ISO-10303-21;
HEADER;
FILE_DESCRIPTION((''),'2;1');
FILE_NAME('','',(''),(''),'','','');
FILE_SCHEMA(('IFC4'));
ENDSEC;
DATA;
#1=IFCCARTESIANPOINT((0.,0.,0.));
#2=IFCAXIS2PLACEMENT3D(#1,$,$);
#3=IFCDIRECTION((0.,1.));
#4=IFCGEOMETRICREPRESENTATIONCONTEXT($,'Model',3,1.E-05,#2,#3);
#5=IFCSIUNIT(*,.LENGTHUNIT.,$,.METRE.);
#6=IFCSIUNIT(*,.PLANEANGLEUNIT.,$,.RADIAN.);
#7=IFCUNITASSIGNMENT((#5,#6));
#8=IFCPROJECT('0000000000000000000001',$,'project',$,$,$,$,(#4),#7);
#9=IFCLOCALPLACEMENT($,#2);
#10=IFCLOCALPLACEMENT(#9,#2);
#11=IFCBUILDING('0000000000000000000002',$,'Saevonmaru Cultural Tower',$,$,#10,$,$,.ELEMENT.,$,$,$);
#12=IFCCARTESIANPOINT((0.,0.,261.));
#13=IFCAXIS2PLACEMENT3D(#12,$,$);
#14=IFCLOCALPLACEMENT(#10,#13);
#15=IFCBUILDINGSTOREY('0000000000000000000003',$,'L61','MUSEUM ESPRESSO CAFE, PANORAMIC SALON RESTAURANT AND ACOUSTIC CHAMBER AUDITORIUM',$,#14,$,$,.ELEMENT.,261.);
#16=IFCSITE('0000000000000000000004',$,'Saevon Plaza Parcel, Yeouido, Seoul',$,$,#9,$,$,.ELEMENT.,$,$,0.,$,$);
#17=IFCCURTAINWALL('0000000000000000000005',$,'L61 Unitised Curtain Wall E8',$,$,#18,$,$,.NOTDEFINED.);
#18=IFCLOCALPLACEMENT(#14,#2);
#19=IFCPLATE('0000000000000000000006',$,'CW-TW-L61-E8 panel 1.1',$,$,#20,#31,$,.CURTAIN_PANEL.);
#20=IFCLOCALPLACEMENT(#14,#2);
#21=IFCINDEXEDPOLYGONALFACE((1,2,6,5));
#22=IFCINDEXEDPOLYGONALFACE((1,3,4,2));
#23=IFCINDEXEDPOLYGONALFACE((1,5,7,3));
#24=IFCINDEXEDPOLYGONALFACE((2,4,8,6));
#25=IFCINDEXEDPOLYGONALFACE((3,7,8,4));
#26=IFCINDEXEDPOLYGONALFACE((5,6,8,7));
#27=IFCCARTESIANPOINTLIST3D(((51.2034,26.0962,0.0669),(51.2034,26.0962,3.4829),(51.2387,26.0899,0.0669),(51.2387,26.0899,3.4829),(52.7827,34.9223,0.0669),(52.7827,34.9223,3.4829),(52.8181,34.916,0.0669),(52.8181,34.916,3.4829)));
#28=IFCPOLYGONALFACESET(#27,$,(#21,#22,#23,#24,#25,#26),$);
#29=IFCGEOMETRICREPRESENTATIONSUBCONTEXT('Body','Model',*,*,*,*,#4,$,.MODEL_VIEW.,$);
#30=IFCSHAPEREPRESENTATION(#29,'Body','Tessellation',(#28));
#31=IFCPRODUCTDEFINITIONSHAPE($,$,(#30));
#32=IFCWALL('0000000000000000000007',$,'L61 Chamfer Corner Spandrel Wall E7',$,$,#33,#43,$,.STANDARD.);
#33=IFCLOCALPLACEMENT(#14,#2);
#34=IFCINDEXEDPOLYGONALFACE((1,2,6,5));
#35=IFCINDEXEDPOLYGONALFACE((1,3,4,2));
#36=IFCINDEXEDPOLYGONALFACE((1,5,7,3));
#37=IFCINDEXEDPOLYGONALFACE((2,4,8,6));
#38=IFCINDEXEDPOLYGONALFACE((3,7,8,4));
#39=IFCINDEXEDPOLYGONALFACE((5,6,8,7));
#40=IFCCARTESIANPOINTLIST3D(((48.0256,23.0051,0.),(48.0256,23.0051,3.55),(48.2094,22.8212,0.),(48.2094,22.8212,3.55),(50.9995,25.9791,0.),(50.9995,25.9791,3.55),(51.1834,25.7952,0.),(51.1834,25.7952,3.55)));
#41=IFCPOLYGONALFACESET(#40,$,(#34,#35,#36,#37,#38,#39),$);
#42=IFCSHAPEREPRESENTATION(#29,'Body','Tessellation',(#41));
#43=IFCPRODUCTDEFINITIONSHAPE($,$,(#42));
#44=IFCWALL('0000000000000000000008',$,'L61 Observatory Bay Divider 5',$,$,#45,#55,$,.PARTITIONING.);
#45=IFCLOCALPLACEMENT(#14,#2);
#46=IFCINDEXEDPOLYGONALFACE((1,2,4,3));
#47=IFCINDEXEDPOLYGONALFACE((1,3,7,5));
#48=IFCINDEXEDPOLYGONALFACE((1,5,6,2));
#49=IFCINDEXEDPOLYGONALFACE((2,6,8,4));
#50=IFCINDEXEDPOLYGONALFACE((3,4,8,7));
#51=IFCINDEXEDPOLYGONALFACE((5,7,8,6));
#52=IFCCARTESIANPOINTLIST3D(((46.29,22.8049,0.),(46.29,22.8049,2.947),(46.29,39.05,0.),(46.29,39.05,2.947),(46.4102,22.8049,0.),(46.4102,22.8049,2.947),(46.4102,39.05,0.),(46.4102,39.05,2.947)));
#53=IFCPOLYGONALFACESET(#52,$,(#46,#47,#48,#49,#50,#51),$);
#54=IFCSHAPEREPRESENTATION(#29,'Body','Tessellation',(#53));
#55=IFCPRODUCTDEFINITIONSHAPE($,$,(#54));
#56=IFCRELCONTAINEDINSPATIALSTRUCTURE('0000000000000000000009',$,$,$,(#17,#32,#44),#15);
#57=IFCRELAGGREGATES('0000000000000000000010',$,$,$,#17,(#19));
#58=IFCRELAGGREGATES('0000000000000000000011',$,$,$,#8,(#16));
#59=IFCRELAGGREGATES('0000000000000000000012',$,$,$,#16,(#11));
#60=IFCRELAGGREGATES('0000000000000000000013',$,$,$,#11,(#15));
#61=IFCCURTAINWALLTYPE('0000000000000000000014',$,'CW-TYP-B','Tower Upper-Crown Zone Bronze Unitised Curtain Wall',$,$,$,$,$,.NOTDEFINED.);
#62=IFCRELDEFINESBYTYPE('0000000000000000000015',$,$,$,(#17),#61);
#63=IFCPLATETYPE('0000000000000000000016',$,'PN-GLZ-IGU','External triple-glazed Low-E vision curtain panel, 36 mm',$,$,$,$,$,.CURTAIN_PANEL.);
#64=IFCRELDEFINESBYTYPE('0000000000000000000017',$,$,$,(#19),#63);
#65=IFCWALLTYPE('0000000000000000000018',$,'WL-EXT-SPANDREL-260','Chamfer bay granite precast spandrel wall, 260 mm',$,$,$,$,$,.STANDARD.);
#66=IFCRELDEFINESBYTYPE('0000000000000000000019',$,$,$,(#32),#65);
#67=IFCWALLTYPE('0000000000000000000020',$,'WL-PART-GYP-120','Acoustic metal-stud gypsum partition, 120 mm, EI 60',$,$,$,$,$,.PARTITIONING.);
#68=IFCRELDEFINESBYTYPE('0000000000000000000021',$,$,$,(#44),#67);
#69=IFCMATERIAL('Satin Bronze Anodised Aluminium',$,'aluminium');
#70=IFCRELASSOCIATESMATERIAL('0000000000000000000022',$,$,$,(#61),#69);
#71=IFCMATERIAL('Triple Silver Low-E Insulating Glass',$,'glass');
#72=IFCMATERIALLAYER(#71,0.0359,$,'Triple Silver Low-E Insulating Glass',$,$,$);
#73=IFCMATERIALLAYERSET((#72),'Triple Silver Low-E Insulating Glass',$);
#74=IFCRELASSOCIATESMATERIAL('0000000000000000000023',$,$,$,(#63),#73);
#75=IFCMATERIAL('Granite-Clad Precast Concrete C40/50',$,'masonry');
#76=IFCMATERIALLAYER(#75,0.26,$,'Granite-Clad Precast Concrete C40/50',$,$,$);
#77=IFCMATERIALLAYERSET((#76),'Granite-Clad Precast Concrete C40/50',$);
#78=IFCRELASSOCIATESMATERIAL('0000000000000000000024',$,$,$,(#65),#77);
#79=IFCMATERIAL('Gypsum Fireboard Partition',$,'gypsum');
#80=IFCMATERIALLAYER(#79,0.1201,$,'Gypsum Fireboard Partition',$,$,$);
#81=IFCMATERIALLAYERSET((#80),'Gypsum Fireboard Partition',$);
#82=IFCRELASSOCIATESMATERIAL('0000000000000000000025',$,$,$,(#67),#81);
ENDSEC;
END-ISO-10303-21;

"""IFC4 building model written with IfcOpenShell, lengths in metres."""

from ifc_helpers import new_model, si_unit, direction, frame, frame_2d, origin, origin_2d, place, context, subcontext, project, spatial, rectangle, extrude, material, layer, layer_set, type_object, element, aggregate, save


model = new_model("IFC4")

# Units and contexts
model_context = context("Model", 3, precision=1e-05, world=origin(), true_north=direction((0.0, 1.0)))
body_context = subcontext(model_context, "Body", "Model", "MODEL_VIEW")
ifc_project = project(units=[si_unit("LENGTHUNIT", "METRE"), si_unit("PLANEANGLEUNIT", "RADIAN")], contexts=[model_context])

# Site, building, storey
site_placement = place(None, origin())
site = spatial("IfcSite", under=ifc_project, at=site_placement, Name="Saevon Plaza Parcel, Yeouido, Seoul", CompositionType="ELEMENT", RefElevation=0.0)
building_placement = place(site_placement, origin())
building = spatial("IfcBuilding", under=site, at=building_placement, Name="Saevonmaru Cultural Tower", CompositionType="ELEMENT")
storey_placement = place(building_placement, frame((0.0, 0.0, 261.0)))
storey = spatial("IfcBuildingStorey", under=building, at=storey_placement, Name="L61", Description="MUSEUM ESPRESSO CAFE, PANORAMIC SALON RESTAURANT AND ACOUSTIC CHAMBER AUDITORIUM", CompositionType="ELEMENT", Elevation=261.0)

# Shared definitions
ifc_material_1 = material(Name="Satin Bronze Anodised Aluminium", Category="aluminium")
curtain_wall_type = type_object("IfcCurtainWallType", Name="CW-TYP-B", Description="Tower Upper-Crown Zone Bronze Unitised Curtain Wall", PredefinedType="NOTDEFINED", material=ifc_material_1)

# Curtain wall
curtain_wall_1_placement = place(storey_placement, origin())
curtain_wall_1 = element("IfcCurtainWall", 1, at=curtain_wall_1_placement, inside=storey, type_object=curtain_wall_type, Name="L61 Unitised Curtain Wall E8", PredefinedType="NOTDEFINED")

# Plate
ifc_material_2 = material(Name="Triple Silver Low-E Insulating Glass", Category="glass")
ifc_layer_1 = layer(ifc_material_2, 0.0359, Name="Triple Silver Low-E Insulating Glass")
ifc_layer_set_1 = layer_set([ifc_layer_1], Name="Triple Silver Low-E Insulating Glass")
plate_type = type_object("IfcPlateType", Name="PN-GLZ-IGU", Description="External triple-glazed Low-E vision curtain panel, 36 mm", PredefinedType="CURTAIN_PANEL", material=ifc_layer_set_1)
plate_1_placement = place(storey_placement, frame((52.0107, 30.5061, 0.0669), z_axis=(0.0, 0.0, 1.0), x_axis=(0.176141, 0.984365, 0.0)))
plate_1 = element("IfcPlate", 2, at=plate_1_placement, type_object=plate_type, Name="CW-TW-L61-E8 panel 1.1", PredefinedType="CURTAIN_PANEL", context=body_context, shape_type="SweptSolid", body=[
    extrude(rectangle(XDim=8.9663, YDim=0.0359, at=origin_2d()), origin(), (0.0, 0.0, 1.0), 3.416),
])
aggregate(curtain_wall_1, [plate_1])

# Walls
ifc_material_3 = material(Name="Granite-Clad Precast Concrete C40/50", Category="masonry")
ifc_layer_2 = layer(ifc_material_3, 0.26, Name="Granite-Clad Precast Concrete C40/50")
ifc_layer_set_2 = layer_set([ifc_layer_2], Name="Granite-Clad Precast Concrete C40/50")
wall_type_1 = type_object("IfcWallType", Name="WL-EXT-SPANDREL-260", Description="Chamfer bay granite precast spandrel wall, 260 mm", PredefinedType="STANDARD", material=ifc_layer_set_2)
wall_1_placement = place(storey_placement, frame((48.1174, 22.9131, 0.0), z_axis=(0.0, 0.0, 1.0), x_axis=(0.707107, 0.707107, 0.0)))
element("IfcWall", 3, at=wall_1_placement, inside=storey, type_object=wall_type_1, Name="L61 Chamfer Corner Spandrel Wall E7", PredefinedType="STANDARD", context=body_context, shape_type="SweptSolid", body=[
    extrude(rectangle(XDim=4.2058, YDim=0.26, at=frame_2d((2.103, 0.0))), origin(), (0.0, 0.0, 1.0), 3.55),
])
ifc_material_4 = material(Name="Gypsum Fireboard Partition", Category="gypsum")
ifc_layer_3 = layer(ifc_material_4, 0.1201, Name="Gypsum Fireboard Partition")
ifc_layer_set_3 = layer_set([ifc_layer_3], Name="Gypsum Fireboard Partition")
wall_type_2 = type_object("IfcWallType", Name="WL-PART-GYP-120", Description="Acoustic metal-stud gypsum partition, 120 mm, EI 60", PredefinedType="PARTITIONING", material=ifc_layer_set_3)
wall_2_placement = place(storey_placement, frame((46.3501, 22.8049, 0.0), z_axis=(0.0, 0.0, 1.0), x_axis=(0.0, 1.0, 0.0)))
element("IfcWall", 4, at=wall_2_placement, inside=storey, type_object=wall_type_2, Name="L61 Observatory Bay Divider 5", PredefinedType="PARTITIONING", context=body_context, shape_type="SweptSolid", body=[
    extrude(rectangle(XDim=16.2451, YDim=0.1201, at=frame_2d((8.1226, 0.0))), origin(), (0.0, 0.0, 1.0), 2.947),
])

save(model, "model.ifc")
